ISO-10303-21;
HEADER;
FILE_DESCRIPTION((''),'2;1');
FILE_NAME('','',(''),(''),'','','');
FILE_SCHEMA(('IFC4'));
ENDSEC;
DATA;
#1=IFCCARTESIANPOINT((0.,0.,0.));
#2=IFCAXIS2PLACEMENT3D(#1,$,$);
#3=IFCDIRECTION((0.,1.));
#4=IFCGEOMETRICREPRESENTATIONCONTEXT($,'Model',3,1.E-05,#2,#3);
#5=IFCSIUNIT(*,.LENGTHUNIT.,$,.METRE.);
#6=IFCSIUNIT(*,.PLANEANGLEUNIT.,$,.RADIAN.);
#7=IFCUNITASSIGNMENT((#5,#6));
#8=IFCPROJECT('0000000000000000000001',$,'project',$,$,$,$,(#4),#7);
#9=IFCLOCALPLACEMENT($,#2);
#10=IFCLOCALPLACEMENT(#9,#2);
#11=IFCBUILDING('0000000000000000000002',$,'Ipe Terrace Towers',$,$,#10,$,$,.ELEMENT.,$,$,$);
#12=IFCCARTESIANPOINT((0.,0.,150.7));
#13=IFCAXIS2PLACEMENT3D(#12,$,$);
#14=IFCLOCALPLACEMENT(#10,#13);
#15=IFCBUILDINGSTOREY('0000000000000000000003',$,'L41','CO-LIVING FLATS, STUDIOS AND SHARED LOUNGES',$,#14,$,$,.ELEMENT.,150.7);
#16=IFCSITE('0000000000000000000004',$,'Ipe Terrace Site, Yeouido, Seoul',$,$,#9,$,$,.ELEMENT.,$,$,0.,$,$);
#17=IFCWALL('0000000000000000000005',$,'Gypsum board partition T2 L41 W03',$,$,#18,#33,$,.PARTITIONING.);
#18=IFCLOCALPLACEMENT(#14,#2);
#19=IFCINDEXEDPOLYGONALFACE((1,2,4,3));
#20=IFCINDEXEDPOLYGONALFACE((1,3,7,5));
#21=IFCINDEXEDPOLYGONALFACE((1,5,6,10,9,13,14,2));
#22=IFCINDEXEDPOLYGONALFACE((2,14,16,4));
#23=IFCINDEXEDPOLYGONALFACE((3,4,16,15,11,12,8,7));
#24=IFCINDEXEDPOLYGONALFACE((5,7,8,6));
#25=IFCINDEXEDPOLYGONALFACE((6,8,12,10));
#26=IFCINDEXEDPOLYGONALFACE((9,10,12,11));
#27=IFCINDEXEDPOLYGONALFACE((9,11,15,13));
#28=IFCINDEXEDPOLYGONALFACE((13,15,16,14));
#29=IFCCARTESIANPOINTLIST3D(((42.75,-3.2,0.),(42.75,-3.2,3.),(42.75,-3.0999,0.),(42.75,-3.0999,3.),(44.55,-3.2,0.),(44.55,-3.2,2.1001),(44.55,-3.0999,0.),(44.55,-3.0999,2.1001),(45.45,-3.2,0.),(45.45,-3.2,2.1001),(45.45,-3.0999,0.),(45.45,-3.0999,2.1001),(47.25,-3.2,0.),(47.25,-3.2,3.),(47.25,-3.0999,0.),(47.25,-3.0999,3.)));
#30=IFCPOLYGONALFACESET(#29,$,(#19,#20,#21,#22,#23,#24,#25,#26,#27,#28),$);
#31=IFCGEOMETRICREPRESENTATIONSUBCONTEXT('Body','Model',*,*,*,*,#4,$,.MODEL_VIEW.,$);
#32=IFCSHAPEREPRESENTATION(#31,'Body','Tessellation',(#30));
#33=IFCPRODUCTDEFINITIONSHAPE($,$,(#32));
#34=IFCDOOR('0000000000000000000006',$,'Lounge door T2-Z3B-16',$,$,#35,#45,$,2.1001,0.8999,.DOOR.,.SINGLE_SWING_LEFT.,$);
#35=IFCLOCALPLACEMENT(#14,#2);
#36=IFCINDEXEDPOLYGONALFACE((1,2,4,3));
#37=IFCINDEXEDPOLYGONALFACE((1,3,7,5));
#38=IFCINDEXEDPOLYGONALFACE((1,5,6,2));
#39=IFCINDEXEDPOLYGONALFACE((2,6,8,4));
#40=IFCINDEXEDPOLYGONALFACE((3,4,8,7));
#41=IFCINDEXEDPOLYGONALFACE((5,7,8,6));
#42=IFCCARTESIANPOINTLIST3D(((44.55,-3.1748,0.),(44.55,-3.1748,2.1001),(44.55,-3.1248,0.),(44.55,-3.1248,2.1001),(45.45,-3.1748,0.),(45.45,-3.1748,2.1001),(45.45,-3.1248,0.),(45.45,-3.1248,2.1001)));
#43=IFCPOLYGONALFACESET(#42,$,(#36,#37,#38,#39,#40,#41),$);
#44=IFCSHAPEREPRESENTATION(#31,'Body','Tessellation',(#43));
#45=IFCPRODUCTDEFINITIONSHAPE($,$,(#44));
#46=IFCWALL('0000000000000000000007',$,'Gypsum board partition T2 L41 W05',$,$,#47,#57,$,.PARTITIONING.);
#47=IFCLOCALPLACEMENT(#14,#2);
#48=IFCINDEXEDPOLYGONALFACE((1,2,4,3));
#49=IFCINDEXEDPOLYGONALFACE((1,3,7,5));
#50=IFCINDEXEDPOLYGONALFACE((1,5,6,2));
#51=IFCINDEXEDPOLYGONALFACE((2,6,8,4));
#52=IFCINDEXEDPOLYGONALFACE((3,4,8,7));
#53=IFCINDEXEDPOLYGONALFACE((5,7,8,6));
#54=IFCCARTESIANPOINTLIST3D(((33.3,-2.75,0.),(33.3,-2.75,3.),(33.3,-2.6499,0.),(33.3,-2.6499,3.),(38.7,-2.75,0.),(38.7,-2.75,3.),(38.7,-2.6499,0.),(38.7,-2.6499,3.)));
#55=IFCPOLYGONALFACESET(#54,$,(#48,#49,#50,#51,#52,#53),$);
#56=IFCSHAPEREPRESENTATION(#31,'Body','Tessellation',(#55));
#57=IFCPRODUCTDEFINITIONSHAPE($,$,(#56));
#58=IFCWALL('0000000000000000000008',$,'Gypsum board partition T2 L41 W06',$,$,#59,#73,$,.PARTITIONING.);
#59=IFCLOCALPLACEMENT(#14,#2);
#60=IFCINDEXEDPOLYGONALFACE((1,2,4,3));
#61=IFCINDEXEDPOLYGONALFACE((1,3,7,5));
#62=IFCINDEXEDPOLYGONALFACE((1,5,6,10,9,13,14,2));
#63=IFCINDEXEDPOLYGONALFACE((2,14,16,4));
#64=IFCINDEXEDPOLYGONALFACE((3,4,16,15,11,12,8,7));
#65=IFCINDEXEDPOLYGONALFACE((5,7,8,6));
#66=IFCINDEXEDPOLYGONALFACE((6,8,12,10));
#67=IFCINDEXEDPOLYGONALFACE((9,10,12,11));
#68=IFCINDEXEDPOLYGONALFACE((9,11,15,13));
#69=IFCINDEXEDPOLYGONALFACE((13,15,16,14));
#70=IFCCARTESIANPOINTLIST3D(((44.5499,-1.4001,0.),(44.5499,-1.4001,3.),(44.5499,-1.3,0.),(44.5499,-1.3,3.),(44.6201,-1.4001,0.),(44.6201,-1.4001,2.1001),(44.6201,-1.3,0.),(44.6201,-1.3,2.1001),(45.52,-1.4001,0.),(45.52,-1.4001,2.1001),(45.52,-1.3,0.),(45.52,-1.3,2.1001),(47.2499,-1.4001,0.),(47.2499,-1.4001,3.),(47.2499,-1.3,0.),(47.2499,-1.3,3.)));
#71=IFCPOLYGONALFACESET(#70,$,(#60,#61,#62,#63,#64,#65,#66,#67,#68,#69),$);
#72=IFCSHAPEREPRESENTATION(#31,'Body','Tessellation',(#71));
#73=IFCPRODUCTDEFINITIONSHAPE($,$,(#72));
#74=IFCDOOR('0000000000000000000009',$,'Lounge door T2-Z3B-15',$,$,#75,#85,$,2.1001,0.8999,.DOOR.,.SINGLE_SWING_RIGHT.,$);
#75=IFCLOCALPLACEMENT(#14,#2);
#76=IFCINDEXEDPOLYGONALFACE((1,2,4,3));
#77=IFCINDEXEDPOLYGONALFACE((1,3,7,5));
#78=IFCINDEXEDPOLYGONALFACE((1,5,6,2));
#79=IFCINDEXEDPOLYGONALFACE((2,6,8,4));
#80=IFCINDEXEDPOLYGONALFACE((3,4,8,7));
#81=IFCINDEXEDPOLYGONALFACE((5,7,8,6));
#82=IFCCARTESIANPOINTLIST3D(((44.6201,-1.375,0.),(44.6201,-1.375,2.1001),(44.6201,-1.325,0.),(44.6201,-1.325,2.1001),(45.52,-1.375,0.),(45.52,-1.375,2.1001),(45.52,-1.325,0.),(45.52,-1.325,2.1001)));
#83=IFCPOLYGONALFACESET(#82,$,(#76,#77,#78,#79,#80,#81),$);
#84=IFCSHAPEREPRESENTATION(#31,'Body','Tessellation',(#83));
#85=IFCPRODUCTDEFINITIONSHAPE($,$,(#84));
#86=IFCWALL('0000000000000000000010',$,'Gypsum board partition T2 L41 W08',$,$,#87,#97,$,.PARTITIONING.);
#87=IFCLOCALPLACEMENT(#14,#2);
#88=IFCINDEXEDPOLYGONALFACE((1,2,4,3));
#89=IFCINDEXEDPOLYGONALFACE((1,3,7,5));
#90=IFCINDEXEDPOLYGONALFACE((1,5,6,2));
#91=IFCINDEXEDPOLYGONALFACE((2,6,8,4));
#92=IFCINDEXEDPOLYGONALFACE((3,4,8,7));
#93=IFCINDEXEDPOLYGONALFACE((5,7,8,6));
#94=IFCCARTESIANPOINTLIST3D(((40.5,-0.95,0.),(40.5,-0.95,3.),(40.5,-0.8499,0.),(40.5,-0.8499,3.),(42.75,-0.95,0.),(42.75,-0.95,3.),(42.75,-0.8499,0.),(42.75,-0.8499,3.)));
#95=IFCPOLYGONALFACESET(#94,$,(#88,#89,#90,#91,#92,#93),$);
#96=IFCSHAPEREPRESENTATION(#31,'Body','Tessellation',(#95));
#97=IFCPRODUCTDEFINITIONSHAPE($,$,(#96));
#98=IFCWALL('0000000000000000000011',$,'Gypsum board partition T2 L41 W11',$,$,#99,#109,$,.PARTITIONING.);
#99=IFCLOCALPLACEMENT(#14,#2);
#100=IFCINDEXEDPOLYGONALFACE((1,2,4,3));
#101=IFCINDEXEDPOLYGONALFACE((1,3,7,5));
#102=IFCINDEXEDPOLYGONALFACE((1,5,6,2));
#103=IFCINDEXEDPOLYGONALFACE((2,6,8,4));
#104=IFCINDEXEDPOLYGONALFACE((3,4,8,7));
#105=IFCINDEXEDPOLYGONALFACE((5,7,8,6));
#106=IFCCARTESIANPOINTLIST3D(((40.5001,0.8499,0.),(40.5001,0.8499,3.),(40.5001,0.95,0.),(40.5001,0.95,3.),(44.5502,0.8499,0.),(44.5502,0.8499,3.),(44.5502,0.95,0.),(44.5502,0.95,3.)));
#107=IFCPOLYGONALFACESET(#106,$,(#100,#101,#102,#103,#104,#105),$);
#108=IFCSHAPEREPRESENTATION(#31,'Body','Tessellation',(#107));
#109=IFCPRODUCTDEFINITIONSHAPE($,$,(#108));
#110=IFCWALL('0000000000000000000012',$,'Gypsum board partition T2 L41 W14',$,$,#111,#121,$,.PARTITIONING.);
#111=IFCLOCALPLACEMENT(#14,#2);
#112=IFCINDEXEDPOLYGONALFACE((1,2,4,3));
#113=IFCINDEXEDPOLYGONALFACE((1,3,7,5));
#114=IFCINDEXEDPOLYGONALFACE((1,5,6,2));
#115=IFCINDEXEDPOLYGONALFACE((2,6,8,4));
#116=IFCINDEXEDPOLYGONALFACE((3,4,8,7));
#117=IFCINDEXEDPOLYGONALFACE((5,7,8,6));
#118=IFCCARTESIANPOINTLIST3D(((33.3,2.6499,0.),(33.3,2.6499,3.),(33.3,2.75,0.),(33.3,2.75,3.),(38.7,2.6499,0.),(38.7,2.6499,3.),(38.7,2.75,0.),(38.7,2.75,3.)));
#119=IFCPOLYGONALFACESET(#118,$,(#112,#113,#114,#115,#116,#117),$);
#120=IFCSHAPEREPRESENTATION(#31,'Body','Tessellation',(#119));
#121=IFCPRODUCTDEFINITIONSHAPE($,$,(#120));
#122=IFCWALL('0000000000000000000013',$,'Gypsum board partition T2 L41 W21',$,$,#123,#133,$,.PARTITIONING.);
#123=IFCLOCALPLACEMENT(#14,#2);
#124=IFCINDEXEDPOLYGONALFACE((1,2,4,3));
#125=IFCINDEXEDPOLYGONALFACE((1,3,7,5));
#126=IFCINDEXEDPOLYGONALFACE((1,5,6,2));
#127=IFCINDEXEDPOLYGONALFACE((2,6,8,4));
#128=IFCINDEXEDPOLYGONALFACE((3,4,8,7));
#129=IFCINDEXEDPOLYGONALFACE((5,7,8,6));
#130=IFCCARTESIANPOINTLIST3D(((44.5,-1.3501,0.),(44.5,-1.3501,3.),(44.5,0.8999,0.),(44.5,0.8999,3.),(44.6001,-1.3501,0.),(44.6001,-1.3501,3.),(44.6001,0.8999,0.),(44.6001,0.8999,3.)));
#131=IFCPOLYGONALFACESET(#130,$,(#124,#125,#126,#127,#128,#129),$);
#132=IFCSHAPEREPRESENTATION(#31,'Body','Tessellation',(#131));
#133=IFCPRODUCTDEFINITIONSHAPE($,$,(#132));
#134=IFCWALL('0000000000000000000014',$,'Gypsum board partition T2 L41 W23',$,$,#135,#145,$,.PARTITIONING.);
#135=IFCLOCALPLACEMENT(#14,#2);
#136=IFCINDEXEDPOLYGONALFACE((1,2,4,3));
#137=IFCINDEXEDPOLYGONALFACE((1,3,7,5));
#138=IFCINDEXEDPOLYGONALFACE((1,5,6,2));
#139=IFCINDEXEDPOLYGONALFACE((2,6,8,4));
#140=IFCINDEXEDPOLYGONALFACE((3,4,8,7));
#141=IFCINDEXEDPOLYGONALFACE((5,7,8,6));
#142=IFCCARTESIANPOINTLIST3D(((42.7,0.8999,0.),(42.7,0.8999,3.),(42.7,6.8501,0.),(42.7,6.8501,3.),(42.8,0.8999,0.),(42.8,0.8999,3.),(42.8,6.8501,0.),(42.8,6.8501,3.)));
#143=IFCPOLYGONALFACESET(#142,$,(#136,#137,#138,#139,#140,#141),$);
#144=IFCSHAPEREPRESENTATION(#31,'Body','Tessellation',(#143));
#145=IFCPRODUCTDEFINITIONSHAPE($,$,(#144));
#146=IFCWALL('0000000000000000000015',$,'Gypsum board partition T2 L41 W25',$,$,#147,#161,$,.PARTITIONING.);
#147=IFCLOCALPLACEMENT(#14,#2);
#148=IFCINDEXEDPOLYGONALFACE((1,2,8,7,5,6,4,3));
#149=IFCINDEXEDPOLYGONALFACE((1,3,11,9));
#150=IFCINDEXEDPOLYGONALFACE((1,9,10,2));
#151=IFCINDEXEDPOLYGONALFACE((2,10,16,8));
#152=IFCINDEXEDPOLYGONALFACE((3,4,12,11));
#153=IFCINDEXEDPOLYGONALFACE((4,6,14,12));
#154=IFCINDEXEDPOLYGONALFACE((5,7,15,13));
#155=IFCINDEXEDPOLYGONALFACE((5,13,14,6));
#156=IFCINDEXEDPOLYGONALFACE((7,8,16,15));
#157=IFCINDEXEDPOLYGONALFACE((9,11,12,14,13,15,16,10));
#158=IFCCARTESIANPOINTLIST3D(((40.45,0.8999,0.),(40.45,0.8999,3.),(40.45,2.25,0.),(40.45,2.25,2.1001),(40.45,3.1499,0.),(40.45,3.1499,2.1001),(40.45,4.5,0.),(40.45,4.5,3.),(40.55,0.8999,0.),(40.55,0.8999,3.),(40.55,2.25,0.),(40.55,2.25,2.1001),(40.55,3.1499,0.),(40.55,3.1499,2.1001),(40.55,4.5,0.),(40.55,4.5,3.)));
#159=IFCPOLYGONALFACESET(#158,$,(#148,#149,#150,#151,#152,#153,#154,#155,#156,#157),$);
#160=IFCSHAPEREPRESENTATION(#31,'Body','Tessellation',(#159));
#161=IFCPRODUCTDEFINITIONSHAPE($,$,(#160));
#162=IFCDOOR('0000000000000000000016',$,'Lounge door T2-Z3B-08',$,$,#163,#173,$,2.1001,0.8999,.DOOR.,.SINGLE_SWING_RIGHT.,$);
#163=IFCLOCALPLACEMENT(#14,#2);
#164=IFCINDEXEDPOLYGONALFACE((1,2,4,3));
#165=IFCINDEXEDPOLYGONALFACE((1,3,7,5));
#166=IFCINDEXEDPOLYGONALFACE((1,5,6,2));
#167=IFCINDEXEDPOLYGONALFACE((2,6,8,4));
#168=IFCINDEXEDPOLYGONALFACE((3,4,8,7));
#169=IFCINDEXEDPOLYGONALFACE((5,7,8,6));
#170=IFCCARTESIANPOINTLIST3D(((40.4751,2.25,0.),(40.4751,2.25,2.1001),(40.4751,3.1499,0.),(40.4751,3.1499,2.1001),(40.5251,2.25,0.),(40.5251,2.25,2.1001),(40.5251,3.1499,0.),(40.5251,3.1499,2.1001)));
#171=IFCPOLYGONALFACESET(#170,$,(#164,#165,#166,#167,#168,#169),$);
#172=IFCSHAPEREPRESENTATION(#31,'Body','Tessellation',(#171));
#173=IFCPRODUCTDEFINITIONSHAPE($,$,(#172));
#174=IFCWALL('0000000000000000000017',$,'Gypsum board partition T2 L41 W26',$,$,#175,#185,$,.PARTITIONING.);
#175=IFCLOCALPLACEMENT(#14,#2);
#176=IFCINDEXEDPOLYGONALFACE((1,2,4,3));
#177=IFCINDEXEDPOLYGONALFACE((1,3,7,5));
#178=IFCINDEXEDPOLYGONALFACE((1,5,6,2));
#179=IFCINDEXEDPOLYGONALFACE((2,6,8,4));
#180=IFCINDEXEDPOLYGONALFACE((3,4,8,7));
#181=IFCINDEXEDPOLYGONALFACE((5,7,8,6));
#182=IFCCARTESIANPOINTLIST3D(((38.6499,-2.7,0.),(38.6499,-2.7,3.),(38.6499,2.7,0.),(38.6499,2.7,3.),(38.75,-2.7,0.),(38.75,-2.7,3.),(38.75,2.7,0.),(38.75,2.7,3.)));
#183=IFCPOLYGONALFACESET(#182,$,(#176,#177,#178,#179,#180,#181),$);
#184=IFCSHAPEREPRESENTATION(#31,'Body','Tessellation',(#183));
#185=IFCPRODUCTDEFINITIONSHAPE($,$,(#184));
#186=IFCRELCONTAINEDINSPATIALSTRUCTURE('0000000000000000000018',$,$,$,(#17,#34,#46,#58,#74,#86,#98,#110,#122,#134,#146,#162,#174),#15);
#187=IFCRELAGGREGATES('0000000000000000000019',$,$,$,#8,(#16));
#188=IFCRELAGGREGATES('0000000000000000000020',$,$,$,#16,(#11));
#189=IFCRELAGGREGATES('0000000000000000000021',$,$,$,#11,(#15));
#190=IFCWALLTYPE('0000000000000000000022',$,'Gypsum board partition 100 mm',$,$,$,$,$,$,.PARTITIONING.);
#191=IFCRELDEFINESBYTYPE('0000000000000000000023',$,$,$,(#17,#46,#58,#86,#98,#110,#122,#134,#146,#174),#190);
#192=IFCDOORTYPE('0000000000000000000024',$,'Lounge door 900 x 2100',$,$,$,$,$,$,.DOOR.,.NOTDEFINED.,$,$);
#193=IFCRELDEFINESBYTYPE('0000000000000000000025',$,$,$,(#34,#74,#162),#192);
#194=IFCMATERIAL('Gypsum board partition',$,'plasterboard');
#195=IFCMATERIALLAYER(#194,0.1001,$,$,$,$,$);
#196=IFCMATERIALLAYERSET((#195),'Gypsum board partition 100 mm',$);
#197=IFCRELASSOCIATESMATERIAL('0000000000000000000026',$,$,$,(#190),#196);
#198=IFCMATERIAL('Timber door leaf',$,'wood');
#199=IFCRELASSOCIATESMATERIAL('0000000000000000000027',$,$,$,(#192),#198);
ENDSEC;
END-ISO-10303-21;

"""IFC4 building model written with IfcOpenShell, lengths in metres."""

from ifc_helpers import new_model, si_unit, direction, frame, frame_2d, origin, place, context, subcontext, project, spatial, rectangle, extrude, material, layer, layer_set, type_object, element, fill, save


model = new_model("IFC4")

# Units and contexts
model_context = context("Model", 3, precision=1e-05, world=origin(), true_north=direction((0.0, 1.0)))
body_context = subcontext(model_context, "Body", "Model", "MODEL_VIEW")
ifc_project = project(units=[si_unit("LENGTHUNIT", "METRE"), si_unit("PLANEANGLEUNIT", "RADIAN")], contexts=[model_context])

# Site, building, storey
site_placement = place(None, origin())
site = spatial("IfcSite", under=ifc_project, at=site_placement, Name="Ipe Terrace Site, Yeouido, Seoul", CompositionType="ELEMENT", RefElevation=0.0)
building_placement = place(site_placement, origin())
building = spatial("IfcBuilding", under=site, at=building_placement, Name="Ipe Terrace Towers", CompositionType="ELEMENT")
storey_placement = place(building_placement, frame((0.0, 0.0, 150.7)))
storey = spatial("IfcBuildingStorey", under=building, at=storey_placement, Name="L41", Description="CO-LIVING FLATS, STUDIOS AND SHARED LOUNGES", CompositionType="ELEMENT", Elevation=150.7)

# Wall, opening, door
ifc_material_1 = material(Name="Gypsum board partition", Category="plasterboard")
ifc_layer_1 = layer(ifc_material_1, 0.1001)
ifc_layer_set_1 = layer_set([ifc_layer_1], Name="Gypsum board partition 100 mm")
wall_type_1 = type_object("IfcWallType", Name="Gypsum board partition 100 mm", PredefinedType="PARTITIONING", material=ifc_layer_set_1)
ifc_material_2 = material(Name="Timber door leaf", Category="wood")
door_type = type_object("IfcDoorType", Name="Lounge door 900 x 2100", OperationType="NOTDEFINED", PredefinedType="DOOR", material=ifc_material_2)
wall_1_placement = place(storey_placement, frame((47.25, -3.1499, 0.0), z_axis=(0.0, 0.0, 1.0), x_axis=(-1.0, 0.0, 0.0)))
wall_1 = element("IfcWall", 1, at=wall_1_placement, inside=storey, type_object=wall_type_1, Name="Gypsum board partition T2 L41 W03", PredefinedType="PARTITIONING", context=body_context, shape_type="SweptSolid", body=[
    extrude(rectangle(XDim=4.5, YDim=0.1001, at=frame_2d((2.25, 0.0))), origin(), (0.0, 0.0, 1.0), 3.0),
])
opening_1_placement = place(wall_1_placement, frame((1.8, 0.0, 0.0)))
opening_1 = element("IfcOpeningElement", 2, at=opening_1_placement, cuts=wall_1, PredefinedType="OPENING", context=body_context, shape_type="SweptSolid", body=[
    extrude(rectangle(XDim=0.8999, YDim=2.1001, at=frame_2d((0.45, 1.05))), frame((0.0, 0.0601, 0.0), z_axis=(0.0, -1.0, 0.0), x_axis=(1.0, 0.0, 0.0)), (0.0, 0.0, 1.0), 0.1201),
])
door_1_placement = place(opening_1_placement, origin())
door_1 = element("IfcDoor", 3, at=door_1_placement, inside=storey, type_object=door_type, Name="Lounge door T2-Z3B-16", OperationType="SINGLE_SWING_LEFT", OverallHeight=2.1001, OverallWidth=0.8999, PredefinedType="DOOR", context=body_context, shape_type="SweptSolid", body=[
    extrude(rectangle(XDim=0.8999, YDim=2.1001, at=frame_2d((0.45, 1.05))), frame((0.0, 0.0249, 0.0), z_axis=(0.0, -1.0, 0.0), x_axis=(1.0, 0.0, 0.0)), (0.0, 0.0, 1.0), 0.05),
])
fill(opening_1, door_1)

# Wall
wall_2_placement = place(storey_placement, frame((38.7, -2.7, 0.0), z_axis=(0.0, 0.0, 1.0), x_axis=(-1.0, 0.0, 0.0)))
element("IfcWall", 4, at=wall_2_placement, inside=storey, type_object=wall_type_1, Name="Gypsum board partition T2 L41 W05", PredefinedType="PARTITIONING", context=body_context, shape_type="SweptSolid", body=[
    extrude(rectangle(XDim=5.3999, YDim=0.1001, at=frame_2d((2.7, 0.0))), origin(), (0.0, 0.0, 1.0), 3.0),
])

# Wall, opening, door
wall_3_placement = place(storey_placement, frame((47.25, -1.3501, 0.0), z_axis=(0.0, 0.0, 1.0), x_axis=(-1.0, 0.0, 0.0)))
wall_3 = element("IfcWall", 5, at=wall_3_placement, inside=storey, type_object=wall_type_1, Name="Gypsum board partition T2 L41 W06", PredefinedType="PARTITIONING", context=body_context, shape_type="SweptSolid", body=[
    extrude(rectangle(XDim=2.7, YDim=0.1001, at=frame_2d((1.3501, 0.0))), origin(), (0.0, 0.0, 1.0), 3.0),
])
opening_2_placement = place(wall_3_placement, frame((1.73, 0.0, 0.0)))
opening_2 = element("IfcOpeningElement", 6, at=opening_2_placement, cuts=wall_3, PredefinedType="OPENING", context=body_context, shape_type="SweptSolid", body=[
    extrude(rectangle(XDim=0.8999, YDim=2.1001, at=frame_2d((0.45, 1.05))), frame((0.0, 0.0601, 0.0), z_axis=(0.0, -1.0, 0.0), x_axis=(1.0, 0.0, 0.0)), (0.0, 0.0, 1.0), 0.1201),
])
door_2_placement = place(opening_2_placement, origin())
door_2 = element("IfcDoor", 7, at=door_2_placement, inside=storey, type_object=door_type, Name="Lounge door T2-Z3B-15", OperationType="SINGLE_SWING_RIGHT", OverallHeight=2.1001, OverallWidth=0.8999, PredefinedType="DOOR", context=body_context, shape_type="SweptSolid", body=[
    extrude(rectangle(XDim=0.8999, YDim=2.1001, at=frame_2d((0.45, 1.05))), frame((0.0, 0.0249, 0.0), z_axis=(0.0, -1.0, 0.0), x_axis=(1.0, 0.0, 0.0)), (0.0, 0.0, 1.0), 0.05),
])
fill(opening_2, door_2)

# Walls
wall_4_placement = place(storey_placement, frame((42.75, -0.8999, 0.0), z_axis=(0.0, 0.0, 1.0), x_axis=(-1.0, 0.0, 0.0)))
element("IfcWall", 8, at=wall_4_placement, inside=storey, type_object=wall_type_1, Name="Gypsum board partition T2 L41 W08", PredefinedType="PARTITIONING", context=body_context, shape_type="SweptSolid", body=[
    extrude(rectangle(XDim=2.25, YDim=0.1001, at=frame_2d((1.125, 0.0))), origin(), (0.0, 0.0, 1.0), 3.0),
])
wall_5_placement = place(storey_placement, frame((44.55, 0.8999, 0.0), z_axis=(0.0, 0.0, 1.0), x_axis=(-1.0, 0.0, 0.0)))
element("IfcWall", 9, at=wall_5_placement, inside=storey, type_object=wall_type_1, Name="Gypsum board partition T2 L41 W11", PredefinedType="PARTITIONING", context=body_context, shape_type="SweptSolid", body=[
    extrude(rectangle(XDim=4.05, YDim=0.1001, at=frame_2d((2.0249, 0.0))), origin(), (0.0, 0.0, 1.0), 3.0),
])
wall_6_placement = place(storey_placement, frame((38.7, 2.7, 0.0), z_axis=(0.0, 0.0, 1.0), x_axis=(-1.0, 0.0, 0.0)))
element("IfcWall", 10, at=wall_6_placement, inside=storey, type_object=wall_type_1, Name="Gypsum board partition T2 L41 W14", PredefinedType="PARTITIONING", context=body_context, shape_type="SweptSolid", body=[
    extrude(rectangle(XDim=5.3999, YDim=0.1001, at=frame_2d((2.7, 0.0))), origin(), (0.0, 0.0, 1.0), 3.0),
])
wall_7_placement = place(storey_placement, frame((44.55, -1.3501, 0.0), z_axis=(0.0, 0.0, 1.0), x_axis=(0.0, 1.0, 0.0)))
element("IfcWall", 11, at=wall_7_placement, inside=storey, type_object=wall_type_1, Name="Gypsum board partition T2 L41 W21", PredefinedType="PARTITIONING", context=body_context, shape_type="SweptSolid", body=[
    extrude(rectangle(XDim=2.25, YDim=0.1001, at=frame_2d((1.125, 0.0))), origin(), (0.0, 0.0, 1.0), 3.0),
])
wall_8_placement = place(storey_placement, frame((42.75, 0.8999, 0.0), z_axis=(0.0, 0.0, 1.0), x_axis=(0.0, 1.0, 0.0)))
element("IfcWall", 12, at=wall_8_placement, inside=storey, type_object=wall_type_1, Name="Gypsum board partition T2 L41 W23", PredefinedType="PARTITIONING", context=body_context, shape_type="SweptSolid", body=[
    extrude(rectangle(XDim=5.9502, YDim=0.1001, at=frame_2d((2.9751, 0.0))), origin(), (0.0, 0.0, 1.0), 3.0),
])

# Wall, opening, door
wall_9_placement = place(storey_placement, frame((40.5, 0.8999, 0.0), z_axis=(0.0, 0.0, 1.0), x_axis=(0.0, 1.0, 0.0)))
wall_9 = element("IfcWall", 13, at=wall_9_placement, inside=storey, type_object=wall_type_1, Name="Gypsum board partition T2 L41 W25", PredefinedType="PARTITIONING", context=body_context, shape_type="SweptSolid", body=[
    extrude(rectangle(XDim=3.6001, YDim=0.1001, at=frame_2d((1.8, 0.0))), origin(), (0.0, 0.0, 1.0), 3.0),
])
opening_3_placement = place(wall_9_placement, frame((1.3501, 0.0, 0.0)))
opening_3 = element("IfcOpeningElement", 14, at=opening_3_placement, cuts=wall_9, PredefinedType="OPENING", context=body_context, shape_type="SweptSolid", body=[
    extrude(rectangle(XDim=0.8999, YDim=2.1001, at=frame_2d((0.45, 1.05))), frame((0.0, 0.0601, 0.0), z_axis=(0.0, -1.0, 0.0), x_axis=(1.0, 0.0, 0.0)), (0.0, 0.0, 1.0), 0.1201),
])
door_3_placement = place(opening_3_placement, origin())
door_3 = element("IfcDoor", 15, at=door_3_placement, inside=storey, type_object=door_type, Name="Lounge door T2-Z3B-08", OperationType="SINGLE_SWING_RIGHT", OverallHeight=2.1001, OverallWidth=0.8999, PredefinedType="DOOR", context=body_context, shape_type="SweptSolid", body=[
    extrude(rectangle(XDim=0.8999, YDim=2.1001, at=frame_2d((0.45, 1.05))), frame((0.0, 0.0249, 0.0), z_axis=(0.0, -1.0, 0.0), x_axis=(1.0, 0.0, 0.0)), (0.0, 0.0, 1.0), 0.05),
])
fill(opening_3, door_3)

# Wall
wall_10_placement = place(storey_placement, frame((38.7, -2.7, 0.0), z_axis=(0.0, 0.0, 1.0), x_axis=(0.0, 1.0, 0.0)))
element("IfcWall", 16, at=wall_10_placement, inside=storey, type_object=wall_type_1, Name="Gypsum board partition T2 L41 W26", PredefinedType="PARTITIONING", context=body_context, shape_type="SweptSolid", body=[
    extrude(rectangle(XDim=5.3999, YDim=0.1001, at=frame_2d((2.7, 0.0))), origin(), (0.0, 0.0, 1.0), 3.0),
])

save(model, "model.ifc")
